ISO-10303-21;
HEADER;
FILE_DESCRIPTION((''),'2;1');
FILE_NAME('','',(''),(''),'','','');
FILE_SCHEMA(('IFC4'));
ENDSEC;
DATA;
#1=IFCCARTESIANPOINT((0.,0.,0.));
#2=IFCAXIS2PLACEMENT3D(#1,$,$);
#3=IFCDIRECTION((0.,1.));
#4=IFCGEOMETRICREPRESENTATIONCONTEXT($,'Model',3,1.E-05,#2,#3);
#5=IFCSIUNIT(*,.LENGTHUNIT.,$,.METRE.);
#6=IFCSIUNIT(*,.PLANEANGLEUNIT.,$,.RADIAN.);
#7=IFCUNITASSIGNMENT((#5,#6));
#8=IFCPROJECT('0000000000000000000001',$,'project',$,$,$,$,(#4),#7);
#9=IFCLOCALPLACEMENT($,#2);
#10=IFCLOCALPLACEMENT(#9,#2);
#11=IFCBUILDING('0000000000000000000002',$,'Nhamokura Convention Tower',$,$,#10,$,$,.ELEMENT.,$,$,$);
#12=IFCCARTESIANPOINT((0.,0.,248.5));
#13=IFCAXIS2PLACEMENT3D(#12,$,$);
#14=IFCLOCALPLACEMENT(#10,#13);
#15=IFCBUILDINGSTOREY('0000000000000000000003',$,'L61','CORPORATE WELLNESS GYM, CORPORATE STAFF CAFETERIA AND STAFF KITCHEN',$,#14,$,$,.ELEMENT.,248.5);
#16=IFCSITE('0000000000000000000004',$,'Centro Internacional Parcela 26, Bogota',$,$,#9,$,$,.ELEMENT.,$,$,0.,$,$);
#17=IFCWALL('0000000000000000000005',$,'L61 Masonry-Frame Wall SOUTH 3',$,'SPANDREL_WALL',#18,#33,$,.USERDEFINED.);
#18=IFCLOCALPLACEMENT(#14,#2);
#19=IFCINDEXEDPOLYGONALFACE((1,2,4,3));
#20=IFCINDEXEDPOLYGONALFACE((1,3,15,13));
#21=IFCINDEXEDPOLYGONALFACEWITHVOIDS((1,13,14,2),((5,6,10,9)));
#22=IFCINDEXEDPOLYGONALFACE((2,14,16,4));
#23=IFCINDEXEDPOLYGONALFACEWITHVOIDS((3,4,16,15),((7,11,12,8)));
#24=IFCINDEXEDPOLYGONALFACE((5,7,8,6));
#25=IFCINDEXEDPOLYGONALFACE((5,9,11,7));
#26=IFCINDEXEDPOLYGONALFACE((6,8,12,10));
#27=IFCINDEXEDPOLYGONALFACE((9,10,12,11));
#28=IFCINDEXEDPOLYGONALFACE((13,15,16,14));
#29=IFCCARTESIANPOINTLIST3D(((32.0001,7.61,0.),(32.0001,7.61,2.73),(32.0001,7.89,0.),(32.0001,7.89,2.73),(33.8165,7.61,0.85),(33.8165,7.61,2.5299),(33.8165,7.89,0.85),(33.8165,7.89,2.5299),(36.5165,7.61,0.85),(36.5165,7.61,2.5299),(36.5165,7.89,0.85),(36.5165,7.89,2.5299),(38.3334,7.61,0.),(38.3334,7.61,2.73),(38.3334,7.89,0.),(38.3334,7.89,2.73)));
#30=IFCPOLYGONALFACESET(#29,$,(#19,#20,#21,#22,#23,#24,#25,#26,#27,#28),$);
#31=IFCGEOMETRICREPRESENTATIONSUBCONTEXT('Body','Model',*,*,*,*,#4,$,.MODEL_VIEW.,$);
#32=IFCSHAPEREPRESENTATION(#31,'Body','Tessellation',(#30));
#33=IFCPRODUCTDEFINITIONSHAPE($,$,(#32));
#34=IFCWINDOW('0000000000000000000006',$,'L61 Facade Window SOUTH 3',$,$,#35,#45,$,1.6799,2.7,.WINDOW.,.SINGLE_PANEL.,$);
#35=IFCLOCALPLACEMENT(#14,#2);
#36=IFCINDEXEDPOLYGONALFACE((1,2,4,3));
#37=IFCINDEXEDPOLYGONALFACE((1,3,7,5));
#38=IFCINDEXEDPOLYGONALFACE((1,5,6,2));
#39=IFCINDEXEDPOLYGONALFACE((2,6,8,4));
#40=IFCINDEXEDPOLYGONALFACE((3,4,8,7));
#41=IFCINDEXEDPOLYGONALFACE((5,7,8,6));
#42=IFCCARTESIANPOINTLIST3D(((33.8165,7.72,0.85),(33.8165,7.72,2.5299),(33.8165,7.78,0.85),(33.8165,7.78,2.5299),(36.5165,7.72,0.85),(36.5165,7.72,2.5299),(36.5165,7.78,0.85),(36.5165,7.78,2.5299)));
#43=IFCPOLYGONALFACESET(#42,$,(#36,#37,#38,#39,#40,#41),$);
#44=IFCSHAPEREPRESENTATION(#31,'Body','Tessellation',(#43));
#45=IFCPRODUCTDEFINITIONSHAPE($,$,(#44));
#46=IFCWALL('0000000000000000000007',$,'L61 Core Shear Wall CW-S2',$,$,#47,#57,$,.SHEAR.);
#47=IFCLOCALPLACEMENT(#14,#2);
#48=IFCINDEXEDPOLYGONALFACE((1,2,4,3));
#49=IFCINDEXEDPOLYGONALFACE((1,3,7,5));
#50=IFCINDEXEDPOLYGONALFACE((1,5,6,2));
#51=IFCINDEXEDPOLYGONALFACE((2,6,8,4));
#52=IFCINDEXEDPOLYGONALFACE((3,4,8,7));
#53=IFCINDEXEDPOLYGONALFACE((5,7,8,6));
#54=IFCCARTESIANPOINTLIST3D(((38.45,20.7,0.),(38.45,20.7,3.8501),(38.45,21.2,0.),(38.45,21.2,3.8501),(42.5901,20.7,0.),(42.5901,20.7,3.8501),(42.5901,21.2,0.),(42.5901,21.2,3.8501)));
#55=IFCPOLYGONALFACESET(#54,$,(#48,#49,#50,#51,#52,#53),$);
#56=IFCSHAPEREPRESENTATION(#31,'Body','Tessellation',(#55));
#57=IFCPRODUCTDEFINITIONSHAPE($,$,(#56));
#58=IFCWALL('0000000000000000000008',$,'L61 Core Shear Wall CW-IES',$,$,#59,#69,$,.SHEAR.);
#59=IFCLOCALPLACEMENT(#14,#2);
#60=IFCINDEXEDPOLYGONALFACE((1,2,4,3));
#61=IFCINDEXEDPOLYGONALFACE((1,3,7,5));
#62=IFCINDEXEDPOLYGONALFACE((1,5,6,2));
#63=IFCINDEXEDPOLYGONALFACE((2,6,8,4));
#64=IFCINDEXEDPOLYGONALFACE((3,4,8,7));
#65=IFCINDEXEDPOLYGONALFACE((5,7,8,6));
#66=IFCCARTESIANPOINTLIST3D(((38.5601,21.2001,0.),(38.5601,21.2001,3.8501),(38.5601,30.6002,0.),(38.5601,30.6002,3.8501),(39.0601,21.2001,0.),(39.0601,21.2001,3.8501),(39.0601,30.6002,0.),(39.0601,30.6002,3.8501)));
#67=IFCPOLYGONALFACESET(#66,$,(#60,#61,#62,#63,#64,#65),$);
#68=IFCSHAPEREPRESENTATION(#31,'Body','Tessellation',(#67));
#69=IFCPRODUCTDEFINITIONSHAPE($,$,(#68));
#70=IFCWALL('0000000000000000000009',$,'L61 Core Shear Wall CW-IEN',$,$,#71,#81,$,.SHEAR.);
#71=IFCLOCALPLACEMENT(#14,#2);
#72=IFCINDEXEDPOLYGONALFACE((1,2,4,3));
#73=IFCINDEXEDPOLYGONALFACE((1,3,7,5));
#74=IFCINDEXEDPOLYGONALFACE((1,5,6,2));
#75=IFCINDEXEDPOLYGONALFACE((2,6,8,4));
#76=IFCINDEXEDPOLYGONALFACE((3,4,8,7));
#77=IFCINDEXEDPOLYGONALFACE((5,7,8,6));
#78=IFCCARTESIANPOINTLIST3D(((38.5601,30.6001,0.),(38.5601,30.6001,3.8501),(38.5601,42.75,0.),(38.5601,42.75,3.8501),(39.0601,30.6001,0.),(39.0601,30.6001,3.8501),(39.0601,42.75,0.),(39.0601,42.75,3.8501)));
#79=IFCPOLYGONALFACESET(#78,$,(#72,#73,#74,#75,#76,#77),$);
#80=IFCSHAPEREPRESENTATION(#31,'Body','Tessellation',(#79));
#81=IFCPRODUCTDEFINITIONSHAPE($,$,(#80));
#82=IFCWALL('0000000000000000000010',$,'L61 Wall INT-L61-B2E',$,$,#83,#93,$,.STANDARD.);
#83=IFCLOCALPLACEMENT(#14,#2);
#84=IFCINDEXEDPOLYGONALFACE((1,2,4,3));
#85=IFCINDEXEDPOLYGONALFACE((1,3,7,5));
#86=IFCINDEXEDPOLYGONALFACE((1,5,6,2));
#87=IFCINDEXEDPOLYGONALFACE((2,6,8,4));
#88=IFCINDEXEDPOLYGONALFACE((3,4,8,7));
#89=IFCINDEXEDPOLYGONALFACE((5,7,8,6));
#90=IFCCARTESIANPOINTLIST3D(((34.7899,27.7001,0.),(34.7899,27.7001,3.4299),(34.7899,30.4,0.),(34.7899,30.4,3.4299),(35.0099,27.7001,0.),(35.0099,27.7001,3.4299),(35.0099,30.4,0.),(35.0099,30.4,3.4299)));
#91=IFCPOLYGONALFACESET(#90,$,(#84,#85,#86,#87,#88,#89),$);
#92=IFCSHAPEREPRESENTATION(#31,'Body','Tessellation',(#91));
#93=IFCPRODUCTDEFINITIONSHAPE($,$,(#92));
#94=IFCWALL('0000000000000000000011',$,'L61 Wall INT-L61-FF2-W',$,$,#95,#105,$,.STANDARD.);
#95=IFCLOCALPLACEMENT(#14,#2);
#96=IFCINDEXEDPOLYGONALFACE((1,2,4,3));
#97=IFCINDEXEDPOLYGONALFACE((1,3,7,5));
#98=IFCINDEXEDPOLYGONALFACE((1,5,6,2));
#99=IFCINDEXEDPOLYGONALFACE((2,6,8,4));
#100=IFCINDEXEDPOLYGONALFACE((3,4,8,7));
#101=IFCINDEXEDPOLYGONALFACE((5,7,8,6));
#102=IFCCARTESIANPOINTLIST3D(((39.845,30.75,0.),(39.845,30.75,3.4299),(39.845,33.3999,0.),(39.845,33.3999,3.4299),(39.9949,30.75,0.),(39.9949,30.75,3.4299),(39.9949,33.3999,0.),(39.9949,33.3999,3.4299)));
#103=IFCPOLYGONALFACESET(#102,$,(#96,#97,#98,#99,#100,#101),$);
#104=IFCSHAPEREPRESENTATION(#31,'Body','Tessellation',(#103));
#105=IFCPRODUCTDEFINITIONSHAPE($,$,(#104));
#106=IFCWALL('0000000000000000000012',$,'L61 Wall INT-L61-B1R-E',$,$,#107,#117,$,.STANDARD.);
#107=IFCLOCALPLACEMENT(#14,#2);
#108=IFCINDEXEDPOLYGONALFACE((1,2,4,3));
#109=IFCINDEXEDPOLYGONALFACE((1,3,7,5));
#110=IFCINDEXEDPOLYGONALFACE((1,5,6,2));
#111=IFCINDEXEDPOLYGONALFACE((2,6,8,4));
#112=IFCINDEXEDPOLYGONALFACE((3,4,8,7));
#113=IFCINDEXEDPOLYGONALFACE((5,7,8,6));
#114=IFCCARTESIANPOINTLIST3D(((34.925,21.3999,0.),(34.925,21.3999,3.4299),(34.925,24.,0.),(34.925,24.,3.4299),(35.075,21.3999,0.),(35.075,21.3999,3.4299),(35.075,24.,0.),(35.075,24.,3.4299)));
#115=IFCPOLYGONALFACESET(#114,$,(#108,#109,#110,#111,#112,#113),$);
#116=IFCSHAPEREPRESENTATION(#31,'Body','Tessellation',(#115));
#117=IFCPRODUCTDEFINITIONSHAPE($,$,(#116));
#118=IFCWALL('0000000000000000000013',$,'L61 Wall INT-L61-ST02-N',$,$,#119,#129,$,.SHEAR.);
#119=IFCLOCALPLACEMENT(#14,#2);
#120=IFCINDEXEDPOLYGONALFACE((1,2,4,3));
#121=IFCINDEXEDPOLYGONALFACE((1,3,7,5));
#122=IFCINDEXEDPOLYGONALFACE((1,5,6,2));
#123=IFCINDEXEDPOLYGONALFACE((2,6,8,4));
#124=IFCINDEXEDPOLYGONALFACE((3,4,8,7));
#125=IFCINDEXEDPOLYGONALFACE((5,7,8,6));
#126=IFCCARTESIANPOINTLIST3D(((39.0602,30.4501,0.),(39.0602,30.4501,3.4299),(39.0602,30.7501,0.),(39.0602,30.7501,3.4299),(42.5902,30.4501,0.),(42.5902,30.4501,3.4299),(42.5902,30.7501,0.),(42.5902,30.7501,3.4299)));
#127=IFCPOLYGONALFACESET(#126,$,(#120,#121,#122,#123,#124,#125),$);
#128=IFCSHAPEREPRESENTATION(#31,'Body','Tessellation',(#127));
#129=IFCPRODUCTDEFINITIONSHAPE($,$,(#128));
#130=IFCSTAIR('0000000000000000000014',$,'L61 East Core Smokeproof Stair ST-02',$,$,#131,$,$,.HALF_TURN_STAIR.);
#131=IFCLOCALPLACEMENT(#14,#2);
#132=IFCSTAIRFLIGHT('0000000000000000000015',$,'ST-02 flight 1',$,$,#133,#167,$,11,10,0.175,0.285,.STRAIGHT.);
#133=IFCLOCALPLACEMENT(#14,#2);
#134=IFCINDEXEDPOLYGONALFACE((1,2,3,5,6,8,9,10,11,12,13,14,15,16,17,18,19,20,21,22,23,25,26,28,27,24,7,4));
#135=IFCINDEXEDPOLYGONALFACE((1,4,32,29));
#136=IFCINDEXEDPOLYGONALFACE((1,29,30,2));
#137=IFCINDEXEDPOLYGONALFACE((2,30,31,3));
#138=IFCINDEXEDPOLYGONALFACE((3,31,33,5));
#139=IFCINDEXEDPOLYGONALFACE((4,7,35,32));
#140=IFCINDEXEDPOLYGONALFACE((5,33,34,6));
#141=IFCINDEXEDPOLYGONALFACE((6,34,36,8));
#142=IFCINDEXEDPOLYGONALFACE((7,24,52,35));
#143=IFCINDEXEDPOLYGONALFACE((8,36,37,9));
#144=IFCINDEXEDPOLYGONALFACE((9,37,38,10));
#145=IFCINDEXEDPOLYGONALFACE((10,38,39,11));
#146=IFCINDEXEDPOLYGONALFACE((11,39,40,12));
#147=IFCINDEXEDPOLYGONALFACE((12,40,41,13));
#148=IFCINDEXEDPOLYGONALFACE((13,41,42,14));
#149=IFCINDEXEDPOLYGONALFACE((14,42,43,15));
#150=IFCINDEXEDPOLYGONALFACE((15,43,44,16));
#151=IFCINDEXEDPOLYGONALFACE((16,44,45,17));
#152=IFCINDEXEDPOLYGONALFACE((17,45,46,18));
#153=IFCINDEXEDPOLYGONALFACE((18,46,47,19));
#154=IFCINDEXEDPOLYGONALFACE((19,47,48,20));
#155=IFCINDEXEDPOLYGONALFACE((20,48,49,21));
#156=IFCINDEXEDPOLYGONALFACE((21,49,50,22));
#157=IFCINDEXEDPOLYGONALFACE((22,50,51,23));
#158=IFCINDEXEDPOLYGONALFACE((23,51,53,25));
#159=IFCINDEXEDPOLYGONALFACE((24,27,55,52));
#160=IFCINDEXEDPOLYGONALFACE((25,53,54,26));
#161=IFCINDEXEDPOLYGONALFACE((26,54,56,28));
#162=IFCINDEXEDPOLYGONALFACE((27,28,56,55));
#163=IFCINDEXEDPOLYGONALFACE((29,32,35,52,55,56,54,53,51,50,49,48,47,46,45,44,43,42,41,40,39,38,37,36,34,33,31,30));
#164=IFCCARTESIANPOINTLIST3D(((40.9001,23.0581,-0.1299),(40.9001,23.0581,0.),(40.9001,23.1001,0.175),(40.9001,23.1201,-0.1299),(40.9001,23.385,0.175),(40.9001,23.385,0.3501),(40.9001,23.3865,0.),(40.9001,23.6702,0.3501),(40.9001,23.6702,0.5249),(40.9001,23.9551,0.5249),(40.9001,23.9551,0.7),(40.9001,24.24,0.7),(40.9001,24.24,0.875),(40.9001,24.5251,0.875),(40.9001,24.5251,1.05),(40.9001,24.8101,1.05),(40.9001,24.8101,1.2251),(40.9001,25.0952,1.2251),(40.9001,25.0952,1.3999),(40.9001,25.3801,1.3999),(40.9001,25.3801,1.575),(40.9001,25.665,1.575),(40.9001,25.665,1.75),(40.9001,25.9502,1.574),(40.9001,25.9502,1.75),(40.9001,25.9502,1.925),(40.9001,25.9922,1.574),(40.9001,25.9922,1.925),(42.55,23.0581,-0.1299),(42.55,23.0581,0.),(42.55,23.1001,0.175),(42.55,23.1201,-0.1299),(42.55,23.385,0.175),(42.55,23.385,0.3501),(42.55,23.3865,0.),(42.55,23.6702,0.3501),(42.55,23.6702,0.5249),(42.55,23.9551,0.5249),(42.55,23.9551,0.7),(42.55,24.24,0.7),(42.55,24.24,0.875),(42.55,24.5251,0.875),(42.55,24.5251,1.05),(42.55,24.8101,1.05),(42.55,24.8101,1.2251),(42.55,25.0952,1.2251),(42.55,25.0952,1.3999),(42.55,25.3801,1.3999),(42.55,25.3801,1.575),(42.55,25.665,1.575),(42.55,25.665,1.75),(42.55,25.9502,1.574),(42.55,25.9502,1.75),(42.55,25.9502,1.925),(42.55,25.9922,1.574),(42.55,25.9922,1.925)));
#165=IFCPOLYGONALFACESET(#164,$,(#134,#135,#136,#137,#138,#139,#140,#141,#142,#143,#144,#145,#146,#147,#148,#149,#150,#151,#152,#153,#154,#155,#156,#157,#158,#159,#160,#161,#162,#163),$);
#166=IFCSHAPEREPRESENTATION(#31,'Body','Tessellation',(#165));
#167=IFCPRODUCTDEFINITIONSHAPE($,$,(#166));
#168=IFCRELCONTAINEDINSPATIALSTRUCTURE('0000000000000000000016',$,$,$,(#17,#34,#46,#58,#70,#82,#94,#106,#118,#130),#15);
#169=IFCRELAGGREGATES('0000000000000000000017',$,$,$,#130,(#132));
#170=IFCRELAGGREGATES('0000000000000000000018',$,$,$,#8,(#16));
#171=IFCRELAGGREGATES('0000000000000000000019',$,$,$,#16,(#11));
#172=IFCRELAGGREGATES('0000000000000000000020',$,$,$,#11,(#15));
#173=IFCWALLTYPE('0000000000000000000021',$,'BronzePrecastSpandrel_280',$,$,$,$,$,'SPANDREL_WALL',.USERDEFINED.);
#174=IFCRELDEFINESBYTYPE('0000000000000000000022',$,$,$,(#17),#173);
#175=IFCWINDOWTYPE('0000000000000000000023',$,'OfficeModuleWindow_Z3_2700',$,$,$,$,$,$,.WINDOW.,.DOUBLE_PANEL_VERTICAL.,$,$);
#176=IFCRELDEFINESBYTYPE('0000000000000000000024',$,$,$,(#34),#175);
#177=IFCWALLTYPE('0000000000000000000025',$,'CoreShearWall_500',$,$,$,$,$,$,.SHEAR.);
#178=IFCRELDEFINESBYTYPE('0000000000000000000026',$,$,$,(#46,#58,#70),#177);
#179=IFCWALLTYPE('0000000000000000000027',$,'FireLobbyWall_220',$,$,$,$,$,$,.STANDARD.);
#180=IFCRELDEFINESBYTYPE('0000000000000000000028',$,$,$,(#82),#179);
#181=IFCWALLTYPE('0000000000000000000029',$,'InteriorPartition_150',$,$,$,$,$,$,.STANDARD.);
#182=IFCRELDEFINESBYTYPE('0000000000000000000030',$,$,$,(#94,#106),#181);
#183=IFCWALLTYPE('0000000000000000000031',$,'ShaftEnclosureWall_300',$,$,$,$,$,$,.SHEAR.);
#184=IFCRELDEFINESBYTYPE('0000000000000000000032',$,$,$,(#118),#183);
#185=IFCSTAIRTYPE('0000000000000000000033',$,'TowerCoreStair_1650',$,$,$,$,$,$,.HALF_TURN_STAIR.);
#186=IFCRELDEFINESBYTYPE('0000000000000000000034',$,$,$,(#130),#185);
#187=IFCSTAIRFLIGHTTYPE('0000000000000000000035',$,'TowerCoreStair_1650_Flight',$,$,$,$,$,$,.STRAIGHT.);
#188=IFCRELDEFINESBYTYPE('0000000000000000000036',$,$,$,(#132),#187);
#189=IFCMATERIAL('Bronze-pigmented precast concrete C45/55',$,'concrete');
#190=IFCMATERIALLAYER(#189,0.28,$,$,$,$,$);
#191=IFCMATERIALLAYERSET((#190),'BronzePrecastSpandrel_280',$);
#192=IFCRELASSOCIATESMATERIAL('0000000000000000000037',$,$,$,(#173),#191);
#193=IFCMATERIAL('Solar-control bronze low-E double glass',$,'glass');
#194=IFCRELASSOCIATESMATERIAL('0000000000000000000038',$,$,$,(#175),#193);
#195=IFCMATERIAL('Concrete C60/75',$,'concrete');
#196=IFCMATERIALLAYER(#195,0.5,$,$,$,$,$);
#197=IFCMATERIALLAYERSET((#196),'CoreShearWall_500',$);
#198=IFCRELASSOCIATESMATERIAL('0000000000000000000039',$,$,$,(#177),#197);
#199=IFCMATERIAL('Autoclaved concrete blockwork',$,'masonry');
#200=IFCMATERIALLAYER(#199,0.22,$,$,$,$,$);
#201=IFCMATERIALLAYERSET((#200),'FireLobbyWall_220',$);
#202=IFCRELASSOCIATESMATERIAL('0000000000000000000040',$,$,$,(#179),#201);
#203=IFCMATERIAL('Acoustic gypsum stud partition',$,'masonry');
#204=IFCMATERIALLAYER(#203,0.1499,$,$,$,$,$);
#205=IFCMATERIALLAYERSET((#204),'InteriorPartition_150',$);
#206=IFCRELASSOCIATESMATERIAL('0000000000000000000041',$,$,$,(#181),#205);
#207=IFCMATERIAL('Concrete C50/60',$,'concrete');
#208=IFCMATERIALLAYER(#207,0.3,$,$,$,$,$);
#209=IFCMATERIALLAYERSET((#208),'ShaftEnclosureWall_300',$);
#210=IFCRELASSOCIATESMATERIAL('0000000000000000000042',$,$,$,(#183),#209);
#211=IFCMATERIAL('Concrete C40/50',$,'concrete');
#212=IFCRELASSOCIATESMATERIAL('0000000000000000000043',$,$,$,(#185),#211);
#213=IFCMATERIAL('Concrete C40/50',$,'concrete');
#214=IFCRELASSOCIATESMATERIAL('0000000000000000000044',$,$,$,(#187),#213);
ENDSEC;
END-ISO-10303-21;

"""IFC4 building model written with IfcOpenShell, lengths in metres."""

from ifc_helpers import new_model, si_unit, direction, frame, frame_2d, origin, place, context, subcontext, project, spatial, polyline, rectangle, outline, extrude, material, layer, layer_set, type_object, element, fill, aggregate, save


model = new_model("IFC4")

# Units and contexts
model_context = context("Model", 3, precision=1e-05, world=origin(), true_north=direction((0.0, 1.0)))
body_context = subcontext(model_context, "Body", "Model", "MODEL_VIEW")
ifc_project = project(units=[si_unit("LENGTHUNIT", "METRE"), si_unit("PLANEANGLEUNIT", "RADIAN")], contexts=[model_context])

# Site, building, storey
site_placement = place(None, origin())
site = spatial("IfcSite", under=ifc_project, at=site_placement, Name="Centro Internacional Parcela 26, Bogota", CompositionType="ELEMENT", RefElevation=0.0)
building_placement = place(site_placement, origin())
building = spatial("IfcBuilding", under=site, at=building_placement, Name="Nhamokura Convention Tower", CompositionType="ELEMENT")
storey_placement = place(building_placement, frame((0.0, 0.0, 248.5)))
storey = spatial("IfcBuildingStorey", under=building, at=storey_placement, Name="L61", Description="CORPORATE WELLNESS GYM, CORPORATE STAFF CAFETERIA AND STAFF KITCHEN", CompositionType="ELEMENT", Elevation=248.5)

# Wall, opening, window
ifc_material_1 = material(Name="Bronze-pigmented precast concrete C45/55", Category="concrete")
ifc_layer_1 = layer(ifc_material_1, 0.28)
ifc_layer_set_1 = layer_set([ifc_layer_1], Name="BronzePrecastSpandrel_280")
wall_type_1 = type_object("IfcWallType", Name="BronzePrecastSpandrel_280", ElementType="SPANDREL_WALL", PredefinedType="USERDEFINED", material=ifc_layer_set_1)
ifc_material_2 = material(Name="Solar-control bronze low-E double glass", Category="glass")
window_type = type_object("IfcWindowType", Name="OfficeModuleWindow_Z3_2700", PartitioningType="DOUBLE_PANEL_VERTICAL", PredefinedType="WINDOW", material=ifc_material_2)
wall_1_placement = place(storey_placement, frame((38.3333, 7.75, 0.0), z_axis=(0.0, 0.0, 1.0), x_axis=(-1.0, 0.0, 0.0)))
wall_1 = element("IfcWall", 1, at=wall_1_placement, inside=storey, type_object=wall_type_1, Name="L61 Masonry-Frame Wall SOUTH 3", ObjectType="SPANDREL_WALL", PredefinedType="USERDEFINED", context=body_context, shape_type="SweptSolid", body=[
    extrude(rectangle(XDim=6.3333, YDim=0.28, at=frame_2d((3.1665, 0.0))), origin(), (0.0, 0.0, 1.0), 2.73),
])
opening_1_placement = place(wall_1_placement, frame((1.8167, 0.0, 0.8501)))
opening_1 = element("IfcOpeningElement", 2, at=opening_1_placement, cuts=wall_1, PredefinedType="OPENING", context=body_context, shape_type="SweptSolid", body=[
    extrude(rectangle(XDim=2.7, YDim=1.6799, at=frame_2d((1.3501, 0.8398))), frame((0.0, 0.1499, 0.0), z_axis=(0.0, -1.0, 0.0), x_axis=(1.0, 0.0, 0.0)), (0.0, 0.0, 1.0), 0.3),
])
window_1_placement = place(opening_1_placement, origin())
window_1 = element("IfcWindow", 3, at=window_1_placement, inside=storey, type_object=window_type, Name="L61 Facade Window SOUTH 3", OverallHeight=1.6799, OverallWidth=2.7, PartitioningType="SINGLE_PANEL", PredefinedType="WINDOW", context=body_context, shape_type="SweptSolid", body=[
    extrude(rectangle(XDim=2.7, YDim=1.6799, at=frame_2d((1.3501, 0.8398))), frame((0.0, 0.03, 0.0), z_axis=(0.0, -1.0, 0.0), x_axis=(1.0, 0.0, 0.0)), (0.0, 0.0, 1.0), 0.0601),
])
fill(opening_1, window_1)

# Shared definitions
ifc_material_3 = material(Name="Concrete C60/75", Category="concrete")
ifc_layer_2 = layer(ifc_material_3, 0.5)
ifc_layer_set_2 = layer_set([ifc_layer_2], Name="CoreShearWall_500")
wall_type_2 = type_object("IfcWallType", Name="CoreShearWall_500", PredefinedType="SHEAR", material=ifc_layer_set_2)

# Walls
wall_2_placement = place(storey_placement, frame((38.45, 20.95, 0.0), z_axis=(0.0, 0.0, 1.0), x_axis=(1.0, 0.0, 0.0)))
element("IfcWall", 4, at=wall_2_placement, inside=storey, type_object=wall_type_2, Name="L61 Core Shear Wall CW-S2", PredefinedType="SHEAR", context=body_context, shape_type="SweptSolid", body=[
    extrude(rectangle(XDim=4.1401, YDim=0.5, at=frame_2d((2.0701, 0.0))), origin(), (0.0, 0.0, 1.0), 3.8501),
])
wall_3_placement = place(storey_placement, frame((38.8101, 21.2, 0.0), z_axis=(0.0, 0.0, 1.0), x_axis=(0.0, 1.0, 0.0)))
element("IfcWall", 5, at=wall_3_placement, inside=storey, type_object=wall_type_2, Name="L61 Core Shear Wall CW-IES", PredefinedType="SHEAR", context=body_context, shape_type="SweptSolid", body=[
    extrude(rectangle(XDim=9.4001, YDim=0.5, at=frame_2d((4.7002, 0.0))), origin(), (0.0, 0.0, 1.0), 3.8501),
])
wall_4_placement = place(storey_placement, frame((38.8101, 30.6001, 0.0), z_axis=(0.0, 0.0, 1.0), x_axis=(0.0, 1.0, 0.0)))
element("IfcWall", 6, at=wall_4_placement, inside=storey, type_object=wall_type_2, Name="L61 Core Shear Wall CW-IEN", PredefinedType="SHEAR", context=body_context, shape_type="SweptSolid", body=[
    extrude(rectangle(XDim=12.1499, YDim=0.5, at=frame_2d((6.075, 0.0))), origin(), (0.0, 0.0, 1.0), 3.8501),
])

# Shared definitions
ifc_material_4 = material(Name="Autoclaved concrete blockwork", Category="masonry")
ifc_layer_3 = layer(ifc_material_4, 0.22)
ifc_layer_set_3 = layer_set([ifc_layer_3], Name="FireLobbyWall_220")
wall_type_3 = type_object("IfcWallType", Name="FireLobbyWall_220", PredefinedType="STANDARD", material=ifc_layer_set_3)

# Walls
wall_5_placement = place(storey_placement, frame((34.8999, 27.7, 0.0), z_axis=(0.0, 0.0, 1.0), x_axis=(0.0, 1.0, 0.0)))
element("IfcWall", 7, at=wall_5_placement, inside=storey, type_object=wall_type_3, Name="L61 Wall INT-L61-B2E", PredefinedType="STANDARD", context=body_context, shape_type="SweptSolid", body=[
    extrude(rectangle(XDim=2.7, YDim=0.22, at=frame_2d((1.3501, 0.0))), origin(), (0.0, 0.0, 1.0), 3.4299),
])
ifc_material_5 = material(Name="Acoustic gypsum stud partition", Category="masonry")
ifc_layer_4 = layer(ifc_material_5, 0.1499)
ifc_layer_set_4 = layer_set([ifc_layer_4], Name="InteriorPartition_150")
wall_type_4 = type_object("IfcWallType", Name="InteriorPartition_150", PredefinedType="STANDARD", material=ifc_layer_set_4)
wall_6_placement = place(storey_placement, frame((39.9199, 30.75, 0.0), z_axis=(0.0, 0.0, 1.0), x_axis=(0.0, 1.0, 0.0)))
element("IfcWall", 8, at=wall_6_placement, inside=storey, type_object=wall_type_4, Name="L61 Wall INT-L61-FF2-W", PredefinedType="STANDARD", context=body_context, shape_type="SweptSolid", body=[
    extrude(rectangle(XDim=2.6499, YDim=0.1499, at=frame_2d((1.325, 0.0))), origin(), (0.0, 0.0, 1.0), 3.4299),
])
wall_7_placement = place(storey_placement, frame((35.0, 21.3999, 0.0), z_axis=(0.0, 0.0, 1.0), x_axis=(0.0, 1.0, 0.0)))
element("IfcWall", 9, at=wall_7_placement, inside=storey, type_object=wall_type_4, Name="L61 Wall INT-L61-B1R-E", PredefinedType="STANDARD", context=body_context, shape_type="SweptSolid", body=[
    extrude(rectangle(XDim=2.6001, YDim=0.1499, at=frame_2d((1.3, 0.0))), origin(), (0.0, 0.0, 1.0), 3.4299),
])
ifc_material_6 = material(Name="Concrete C50/60", Category="concrete")
ifc_layer_5 = layer(ifc_material_6, 0.3)
ifc_layer_set_5 = layer_set([ifc_layer_5], Name="ShaftEnclosureWall_300")
wall_type_5 = type_object("IfcWallType", Name="ShaftEnclosureWall_300", PredefinedType="SHEAR", material=ifc_layer_set_5)
wall_8_placement = place(storey_placement, frame((39.0601, 30.6001, 0.0), z_axis=(0.0, 0.0, 1.0), x_axis=(1.0, 0.0, 0.0)))
element("IfcWall", 10, at=wall_8_placement, inside=storey, type_object=wall_type_5, Name="L61 Wall INT-L61-ST02-N", PredefinedType="SHEAR", context=body_context, shape_type="SweptSolid", body=[
    extrude(rectangle(XDim=3.53, YDim=0.3, at=frame_2d((1.7651, 0.0))), origin(), (0.0, 0.0, 1.0), 3.4299),
])

# Stair, stair flight
ifc_material_7 = material(Name="Concrete C40/50", Category="concrete")
stair_type = type_object("IfcStairType", Name="TowerCoreStair_1650", PredefinedType="HALF_TURN_STAIR", material=ifc_material_7)
stair_placement = place(storey_placement, origin())
stair = element("IfcStair", 11, at=stair_placement, inside=storey, type_object=stair_type, Name="L61 East Core Smokeproof Stair ST-02", PredefinedType="HALF_TURN_STAIR")
ifc_material_8 = material(Name="Concrete C40/50", Category="concrete")
stair_flight_type = type_object("IfcStairFlightType", Name="TowerCoreStair_1650_Flight", PredefinedType="STRAIGHT", material=ifc_material_8)
stair_flight_1_placement = place(storey_placement, frame((41.7251, 23.1001, 0.0), z_axis=(0.0, 0.0, 1.0), x_axis=(0.0, 1.0, 0.0)))
stair_flight_1 = element("IfcStairFlight", 12, at=stair_flight_1_placement, type_object=stair_flight_type, Name="ST-02 flight 1", NumberOfRisers=11, NumberOfTreads=10, PredefinedType="STRAIGHT", RiserHeight=0.175, TreadLength=0.285, context=body_context, shape_type="SweptSolid", body=[
    extrude(outline(polyline([(-0.042, 0.0), (0.0, 0.175), (0.2849, 0.175), (0.2849, 0.3501), (0.5701, 0.3501), (0.5701, 0.5249), (0.855, 0.5249), (0.855, 0.7), (1.1399, 0.7), (1.1399, 0.875), (1.425, 0.875), (1.425, 1.05), (1.71, 1.05), (1.71, 1.2251), (1.9951, 1.2251), (1.9951, 1.3999), (2.28, 1.3999), (2.28, 1.575), (2.5649, 1.575), (2.5649, 1.75), (2.8501, 1.75), (2.8501, 1.925), (2.8921, 1.925), (2.8921, 1.574), (2.8501, 1.574), (0.2864, 0.0), (0.02, -0.1299), (-0.042, -0.1299), (-0.042, 0.0)])), frame((0.0, 0.825, 0.0), z_axis=(0.0, -1.0, 0.0), x_axis=(1.0, 0.0, 0.0)), (0.0, 0.0, 1.0), 1.6499),
])
aggregate(stair, [stair_flight_1])

save(model, "model.ifc")
